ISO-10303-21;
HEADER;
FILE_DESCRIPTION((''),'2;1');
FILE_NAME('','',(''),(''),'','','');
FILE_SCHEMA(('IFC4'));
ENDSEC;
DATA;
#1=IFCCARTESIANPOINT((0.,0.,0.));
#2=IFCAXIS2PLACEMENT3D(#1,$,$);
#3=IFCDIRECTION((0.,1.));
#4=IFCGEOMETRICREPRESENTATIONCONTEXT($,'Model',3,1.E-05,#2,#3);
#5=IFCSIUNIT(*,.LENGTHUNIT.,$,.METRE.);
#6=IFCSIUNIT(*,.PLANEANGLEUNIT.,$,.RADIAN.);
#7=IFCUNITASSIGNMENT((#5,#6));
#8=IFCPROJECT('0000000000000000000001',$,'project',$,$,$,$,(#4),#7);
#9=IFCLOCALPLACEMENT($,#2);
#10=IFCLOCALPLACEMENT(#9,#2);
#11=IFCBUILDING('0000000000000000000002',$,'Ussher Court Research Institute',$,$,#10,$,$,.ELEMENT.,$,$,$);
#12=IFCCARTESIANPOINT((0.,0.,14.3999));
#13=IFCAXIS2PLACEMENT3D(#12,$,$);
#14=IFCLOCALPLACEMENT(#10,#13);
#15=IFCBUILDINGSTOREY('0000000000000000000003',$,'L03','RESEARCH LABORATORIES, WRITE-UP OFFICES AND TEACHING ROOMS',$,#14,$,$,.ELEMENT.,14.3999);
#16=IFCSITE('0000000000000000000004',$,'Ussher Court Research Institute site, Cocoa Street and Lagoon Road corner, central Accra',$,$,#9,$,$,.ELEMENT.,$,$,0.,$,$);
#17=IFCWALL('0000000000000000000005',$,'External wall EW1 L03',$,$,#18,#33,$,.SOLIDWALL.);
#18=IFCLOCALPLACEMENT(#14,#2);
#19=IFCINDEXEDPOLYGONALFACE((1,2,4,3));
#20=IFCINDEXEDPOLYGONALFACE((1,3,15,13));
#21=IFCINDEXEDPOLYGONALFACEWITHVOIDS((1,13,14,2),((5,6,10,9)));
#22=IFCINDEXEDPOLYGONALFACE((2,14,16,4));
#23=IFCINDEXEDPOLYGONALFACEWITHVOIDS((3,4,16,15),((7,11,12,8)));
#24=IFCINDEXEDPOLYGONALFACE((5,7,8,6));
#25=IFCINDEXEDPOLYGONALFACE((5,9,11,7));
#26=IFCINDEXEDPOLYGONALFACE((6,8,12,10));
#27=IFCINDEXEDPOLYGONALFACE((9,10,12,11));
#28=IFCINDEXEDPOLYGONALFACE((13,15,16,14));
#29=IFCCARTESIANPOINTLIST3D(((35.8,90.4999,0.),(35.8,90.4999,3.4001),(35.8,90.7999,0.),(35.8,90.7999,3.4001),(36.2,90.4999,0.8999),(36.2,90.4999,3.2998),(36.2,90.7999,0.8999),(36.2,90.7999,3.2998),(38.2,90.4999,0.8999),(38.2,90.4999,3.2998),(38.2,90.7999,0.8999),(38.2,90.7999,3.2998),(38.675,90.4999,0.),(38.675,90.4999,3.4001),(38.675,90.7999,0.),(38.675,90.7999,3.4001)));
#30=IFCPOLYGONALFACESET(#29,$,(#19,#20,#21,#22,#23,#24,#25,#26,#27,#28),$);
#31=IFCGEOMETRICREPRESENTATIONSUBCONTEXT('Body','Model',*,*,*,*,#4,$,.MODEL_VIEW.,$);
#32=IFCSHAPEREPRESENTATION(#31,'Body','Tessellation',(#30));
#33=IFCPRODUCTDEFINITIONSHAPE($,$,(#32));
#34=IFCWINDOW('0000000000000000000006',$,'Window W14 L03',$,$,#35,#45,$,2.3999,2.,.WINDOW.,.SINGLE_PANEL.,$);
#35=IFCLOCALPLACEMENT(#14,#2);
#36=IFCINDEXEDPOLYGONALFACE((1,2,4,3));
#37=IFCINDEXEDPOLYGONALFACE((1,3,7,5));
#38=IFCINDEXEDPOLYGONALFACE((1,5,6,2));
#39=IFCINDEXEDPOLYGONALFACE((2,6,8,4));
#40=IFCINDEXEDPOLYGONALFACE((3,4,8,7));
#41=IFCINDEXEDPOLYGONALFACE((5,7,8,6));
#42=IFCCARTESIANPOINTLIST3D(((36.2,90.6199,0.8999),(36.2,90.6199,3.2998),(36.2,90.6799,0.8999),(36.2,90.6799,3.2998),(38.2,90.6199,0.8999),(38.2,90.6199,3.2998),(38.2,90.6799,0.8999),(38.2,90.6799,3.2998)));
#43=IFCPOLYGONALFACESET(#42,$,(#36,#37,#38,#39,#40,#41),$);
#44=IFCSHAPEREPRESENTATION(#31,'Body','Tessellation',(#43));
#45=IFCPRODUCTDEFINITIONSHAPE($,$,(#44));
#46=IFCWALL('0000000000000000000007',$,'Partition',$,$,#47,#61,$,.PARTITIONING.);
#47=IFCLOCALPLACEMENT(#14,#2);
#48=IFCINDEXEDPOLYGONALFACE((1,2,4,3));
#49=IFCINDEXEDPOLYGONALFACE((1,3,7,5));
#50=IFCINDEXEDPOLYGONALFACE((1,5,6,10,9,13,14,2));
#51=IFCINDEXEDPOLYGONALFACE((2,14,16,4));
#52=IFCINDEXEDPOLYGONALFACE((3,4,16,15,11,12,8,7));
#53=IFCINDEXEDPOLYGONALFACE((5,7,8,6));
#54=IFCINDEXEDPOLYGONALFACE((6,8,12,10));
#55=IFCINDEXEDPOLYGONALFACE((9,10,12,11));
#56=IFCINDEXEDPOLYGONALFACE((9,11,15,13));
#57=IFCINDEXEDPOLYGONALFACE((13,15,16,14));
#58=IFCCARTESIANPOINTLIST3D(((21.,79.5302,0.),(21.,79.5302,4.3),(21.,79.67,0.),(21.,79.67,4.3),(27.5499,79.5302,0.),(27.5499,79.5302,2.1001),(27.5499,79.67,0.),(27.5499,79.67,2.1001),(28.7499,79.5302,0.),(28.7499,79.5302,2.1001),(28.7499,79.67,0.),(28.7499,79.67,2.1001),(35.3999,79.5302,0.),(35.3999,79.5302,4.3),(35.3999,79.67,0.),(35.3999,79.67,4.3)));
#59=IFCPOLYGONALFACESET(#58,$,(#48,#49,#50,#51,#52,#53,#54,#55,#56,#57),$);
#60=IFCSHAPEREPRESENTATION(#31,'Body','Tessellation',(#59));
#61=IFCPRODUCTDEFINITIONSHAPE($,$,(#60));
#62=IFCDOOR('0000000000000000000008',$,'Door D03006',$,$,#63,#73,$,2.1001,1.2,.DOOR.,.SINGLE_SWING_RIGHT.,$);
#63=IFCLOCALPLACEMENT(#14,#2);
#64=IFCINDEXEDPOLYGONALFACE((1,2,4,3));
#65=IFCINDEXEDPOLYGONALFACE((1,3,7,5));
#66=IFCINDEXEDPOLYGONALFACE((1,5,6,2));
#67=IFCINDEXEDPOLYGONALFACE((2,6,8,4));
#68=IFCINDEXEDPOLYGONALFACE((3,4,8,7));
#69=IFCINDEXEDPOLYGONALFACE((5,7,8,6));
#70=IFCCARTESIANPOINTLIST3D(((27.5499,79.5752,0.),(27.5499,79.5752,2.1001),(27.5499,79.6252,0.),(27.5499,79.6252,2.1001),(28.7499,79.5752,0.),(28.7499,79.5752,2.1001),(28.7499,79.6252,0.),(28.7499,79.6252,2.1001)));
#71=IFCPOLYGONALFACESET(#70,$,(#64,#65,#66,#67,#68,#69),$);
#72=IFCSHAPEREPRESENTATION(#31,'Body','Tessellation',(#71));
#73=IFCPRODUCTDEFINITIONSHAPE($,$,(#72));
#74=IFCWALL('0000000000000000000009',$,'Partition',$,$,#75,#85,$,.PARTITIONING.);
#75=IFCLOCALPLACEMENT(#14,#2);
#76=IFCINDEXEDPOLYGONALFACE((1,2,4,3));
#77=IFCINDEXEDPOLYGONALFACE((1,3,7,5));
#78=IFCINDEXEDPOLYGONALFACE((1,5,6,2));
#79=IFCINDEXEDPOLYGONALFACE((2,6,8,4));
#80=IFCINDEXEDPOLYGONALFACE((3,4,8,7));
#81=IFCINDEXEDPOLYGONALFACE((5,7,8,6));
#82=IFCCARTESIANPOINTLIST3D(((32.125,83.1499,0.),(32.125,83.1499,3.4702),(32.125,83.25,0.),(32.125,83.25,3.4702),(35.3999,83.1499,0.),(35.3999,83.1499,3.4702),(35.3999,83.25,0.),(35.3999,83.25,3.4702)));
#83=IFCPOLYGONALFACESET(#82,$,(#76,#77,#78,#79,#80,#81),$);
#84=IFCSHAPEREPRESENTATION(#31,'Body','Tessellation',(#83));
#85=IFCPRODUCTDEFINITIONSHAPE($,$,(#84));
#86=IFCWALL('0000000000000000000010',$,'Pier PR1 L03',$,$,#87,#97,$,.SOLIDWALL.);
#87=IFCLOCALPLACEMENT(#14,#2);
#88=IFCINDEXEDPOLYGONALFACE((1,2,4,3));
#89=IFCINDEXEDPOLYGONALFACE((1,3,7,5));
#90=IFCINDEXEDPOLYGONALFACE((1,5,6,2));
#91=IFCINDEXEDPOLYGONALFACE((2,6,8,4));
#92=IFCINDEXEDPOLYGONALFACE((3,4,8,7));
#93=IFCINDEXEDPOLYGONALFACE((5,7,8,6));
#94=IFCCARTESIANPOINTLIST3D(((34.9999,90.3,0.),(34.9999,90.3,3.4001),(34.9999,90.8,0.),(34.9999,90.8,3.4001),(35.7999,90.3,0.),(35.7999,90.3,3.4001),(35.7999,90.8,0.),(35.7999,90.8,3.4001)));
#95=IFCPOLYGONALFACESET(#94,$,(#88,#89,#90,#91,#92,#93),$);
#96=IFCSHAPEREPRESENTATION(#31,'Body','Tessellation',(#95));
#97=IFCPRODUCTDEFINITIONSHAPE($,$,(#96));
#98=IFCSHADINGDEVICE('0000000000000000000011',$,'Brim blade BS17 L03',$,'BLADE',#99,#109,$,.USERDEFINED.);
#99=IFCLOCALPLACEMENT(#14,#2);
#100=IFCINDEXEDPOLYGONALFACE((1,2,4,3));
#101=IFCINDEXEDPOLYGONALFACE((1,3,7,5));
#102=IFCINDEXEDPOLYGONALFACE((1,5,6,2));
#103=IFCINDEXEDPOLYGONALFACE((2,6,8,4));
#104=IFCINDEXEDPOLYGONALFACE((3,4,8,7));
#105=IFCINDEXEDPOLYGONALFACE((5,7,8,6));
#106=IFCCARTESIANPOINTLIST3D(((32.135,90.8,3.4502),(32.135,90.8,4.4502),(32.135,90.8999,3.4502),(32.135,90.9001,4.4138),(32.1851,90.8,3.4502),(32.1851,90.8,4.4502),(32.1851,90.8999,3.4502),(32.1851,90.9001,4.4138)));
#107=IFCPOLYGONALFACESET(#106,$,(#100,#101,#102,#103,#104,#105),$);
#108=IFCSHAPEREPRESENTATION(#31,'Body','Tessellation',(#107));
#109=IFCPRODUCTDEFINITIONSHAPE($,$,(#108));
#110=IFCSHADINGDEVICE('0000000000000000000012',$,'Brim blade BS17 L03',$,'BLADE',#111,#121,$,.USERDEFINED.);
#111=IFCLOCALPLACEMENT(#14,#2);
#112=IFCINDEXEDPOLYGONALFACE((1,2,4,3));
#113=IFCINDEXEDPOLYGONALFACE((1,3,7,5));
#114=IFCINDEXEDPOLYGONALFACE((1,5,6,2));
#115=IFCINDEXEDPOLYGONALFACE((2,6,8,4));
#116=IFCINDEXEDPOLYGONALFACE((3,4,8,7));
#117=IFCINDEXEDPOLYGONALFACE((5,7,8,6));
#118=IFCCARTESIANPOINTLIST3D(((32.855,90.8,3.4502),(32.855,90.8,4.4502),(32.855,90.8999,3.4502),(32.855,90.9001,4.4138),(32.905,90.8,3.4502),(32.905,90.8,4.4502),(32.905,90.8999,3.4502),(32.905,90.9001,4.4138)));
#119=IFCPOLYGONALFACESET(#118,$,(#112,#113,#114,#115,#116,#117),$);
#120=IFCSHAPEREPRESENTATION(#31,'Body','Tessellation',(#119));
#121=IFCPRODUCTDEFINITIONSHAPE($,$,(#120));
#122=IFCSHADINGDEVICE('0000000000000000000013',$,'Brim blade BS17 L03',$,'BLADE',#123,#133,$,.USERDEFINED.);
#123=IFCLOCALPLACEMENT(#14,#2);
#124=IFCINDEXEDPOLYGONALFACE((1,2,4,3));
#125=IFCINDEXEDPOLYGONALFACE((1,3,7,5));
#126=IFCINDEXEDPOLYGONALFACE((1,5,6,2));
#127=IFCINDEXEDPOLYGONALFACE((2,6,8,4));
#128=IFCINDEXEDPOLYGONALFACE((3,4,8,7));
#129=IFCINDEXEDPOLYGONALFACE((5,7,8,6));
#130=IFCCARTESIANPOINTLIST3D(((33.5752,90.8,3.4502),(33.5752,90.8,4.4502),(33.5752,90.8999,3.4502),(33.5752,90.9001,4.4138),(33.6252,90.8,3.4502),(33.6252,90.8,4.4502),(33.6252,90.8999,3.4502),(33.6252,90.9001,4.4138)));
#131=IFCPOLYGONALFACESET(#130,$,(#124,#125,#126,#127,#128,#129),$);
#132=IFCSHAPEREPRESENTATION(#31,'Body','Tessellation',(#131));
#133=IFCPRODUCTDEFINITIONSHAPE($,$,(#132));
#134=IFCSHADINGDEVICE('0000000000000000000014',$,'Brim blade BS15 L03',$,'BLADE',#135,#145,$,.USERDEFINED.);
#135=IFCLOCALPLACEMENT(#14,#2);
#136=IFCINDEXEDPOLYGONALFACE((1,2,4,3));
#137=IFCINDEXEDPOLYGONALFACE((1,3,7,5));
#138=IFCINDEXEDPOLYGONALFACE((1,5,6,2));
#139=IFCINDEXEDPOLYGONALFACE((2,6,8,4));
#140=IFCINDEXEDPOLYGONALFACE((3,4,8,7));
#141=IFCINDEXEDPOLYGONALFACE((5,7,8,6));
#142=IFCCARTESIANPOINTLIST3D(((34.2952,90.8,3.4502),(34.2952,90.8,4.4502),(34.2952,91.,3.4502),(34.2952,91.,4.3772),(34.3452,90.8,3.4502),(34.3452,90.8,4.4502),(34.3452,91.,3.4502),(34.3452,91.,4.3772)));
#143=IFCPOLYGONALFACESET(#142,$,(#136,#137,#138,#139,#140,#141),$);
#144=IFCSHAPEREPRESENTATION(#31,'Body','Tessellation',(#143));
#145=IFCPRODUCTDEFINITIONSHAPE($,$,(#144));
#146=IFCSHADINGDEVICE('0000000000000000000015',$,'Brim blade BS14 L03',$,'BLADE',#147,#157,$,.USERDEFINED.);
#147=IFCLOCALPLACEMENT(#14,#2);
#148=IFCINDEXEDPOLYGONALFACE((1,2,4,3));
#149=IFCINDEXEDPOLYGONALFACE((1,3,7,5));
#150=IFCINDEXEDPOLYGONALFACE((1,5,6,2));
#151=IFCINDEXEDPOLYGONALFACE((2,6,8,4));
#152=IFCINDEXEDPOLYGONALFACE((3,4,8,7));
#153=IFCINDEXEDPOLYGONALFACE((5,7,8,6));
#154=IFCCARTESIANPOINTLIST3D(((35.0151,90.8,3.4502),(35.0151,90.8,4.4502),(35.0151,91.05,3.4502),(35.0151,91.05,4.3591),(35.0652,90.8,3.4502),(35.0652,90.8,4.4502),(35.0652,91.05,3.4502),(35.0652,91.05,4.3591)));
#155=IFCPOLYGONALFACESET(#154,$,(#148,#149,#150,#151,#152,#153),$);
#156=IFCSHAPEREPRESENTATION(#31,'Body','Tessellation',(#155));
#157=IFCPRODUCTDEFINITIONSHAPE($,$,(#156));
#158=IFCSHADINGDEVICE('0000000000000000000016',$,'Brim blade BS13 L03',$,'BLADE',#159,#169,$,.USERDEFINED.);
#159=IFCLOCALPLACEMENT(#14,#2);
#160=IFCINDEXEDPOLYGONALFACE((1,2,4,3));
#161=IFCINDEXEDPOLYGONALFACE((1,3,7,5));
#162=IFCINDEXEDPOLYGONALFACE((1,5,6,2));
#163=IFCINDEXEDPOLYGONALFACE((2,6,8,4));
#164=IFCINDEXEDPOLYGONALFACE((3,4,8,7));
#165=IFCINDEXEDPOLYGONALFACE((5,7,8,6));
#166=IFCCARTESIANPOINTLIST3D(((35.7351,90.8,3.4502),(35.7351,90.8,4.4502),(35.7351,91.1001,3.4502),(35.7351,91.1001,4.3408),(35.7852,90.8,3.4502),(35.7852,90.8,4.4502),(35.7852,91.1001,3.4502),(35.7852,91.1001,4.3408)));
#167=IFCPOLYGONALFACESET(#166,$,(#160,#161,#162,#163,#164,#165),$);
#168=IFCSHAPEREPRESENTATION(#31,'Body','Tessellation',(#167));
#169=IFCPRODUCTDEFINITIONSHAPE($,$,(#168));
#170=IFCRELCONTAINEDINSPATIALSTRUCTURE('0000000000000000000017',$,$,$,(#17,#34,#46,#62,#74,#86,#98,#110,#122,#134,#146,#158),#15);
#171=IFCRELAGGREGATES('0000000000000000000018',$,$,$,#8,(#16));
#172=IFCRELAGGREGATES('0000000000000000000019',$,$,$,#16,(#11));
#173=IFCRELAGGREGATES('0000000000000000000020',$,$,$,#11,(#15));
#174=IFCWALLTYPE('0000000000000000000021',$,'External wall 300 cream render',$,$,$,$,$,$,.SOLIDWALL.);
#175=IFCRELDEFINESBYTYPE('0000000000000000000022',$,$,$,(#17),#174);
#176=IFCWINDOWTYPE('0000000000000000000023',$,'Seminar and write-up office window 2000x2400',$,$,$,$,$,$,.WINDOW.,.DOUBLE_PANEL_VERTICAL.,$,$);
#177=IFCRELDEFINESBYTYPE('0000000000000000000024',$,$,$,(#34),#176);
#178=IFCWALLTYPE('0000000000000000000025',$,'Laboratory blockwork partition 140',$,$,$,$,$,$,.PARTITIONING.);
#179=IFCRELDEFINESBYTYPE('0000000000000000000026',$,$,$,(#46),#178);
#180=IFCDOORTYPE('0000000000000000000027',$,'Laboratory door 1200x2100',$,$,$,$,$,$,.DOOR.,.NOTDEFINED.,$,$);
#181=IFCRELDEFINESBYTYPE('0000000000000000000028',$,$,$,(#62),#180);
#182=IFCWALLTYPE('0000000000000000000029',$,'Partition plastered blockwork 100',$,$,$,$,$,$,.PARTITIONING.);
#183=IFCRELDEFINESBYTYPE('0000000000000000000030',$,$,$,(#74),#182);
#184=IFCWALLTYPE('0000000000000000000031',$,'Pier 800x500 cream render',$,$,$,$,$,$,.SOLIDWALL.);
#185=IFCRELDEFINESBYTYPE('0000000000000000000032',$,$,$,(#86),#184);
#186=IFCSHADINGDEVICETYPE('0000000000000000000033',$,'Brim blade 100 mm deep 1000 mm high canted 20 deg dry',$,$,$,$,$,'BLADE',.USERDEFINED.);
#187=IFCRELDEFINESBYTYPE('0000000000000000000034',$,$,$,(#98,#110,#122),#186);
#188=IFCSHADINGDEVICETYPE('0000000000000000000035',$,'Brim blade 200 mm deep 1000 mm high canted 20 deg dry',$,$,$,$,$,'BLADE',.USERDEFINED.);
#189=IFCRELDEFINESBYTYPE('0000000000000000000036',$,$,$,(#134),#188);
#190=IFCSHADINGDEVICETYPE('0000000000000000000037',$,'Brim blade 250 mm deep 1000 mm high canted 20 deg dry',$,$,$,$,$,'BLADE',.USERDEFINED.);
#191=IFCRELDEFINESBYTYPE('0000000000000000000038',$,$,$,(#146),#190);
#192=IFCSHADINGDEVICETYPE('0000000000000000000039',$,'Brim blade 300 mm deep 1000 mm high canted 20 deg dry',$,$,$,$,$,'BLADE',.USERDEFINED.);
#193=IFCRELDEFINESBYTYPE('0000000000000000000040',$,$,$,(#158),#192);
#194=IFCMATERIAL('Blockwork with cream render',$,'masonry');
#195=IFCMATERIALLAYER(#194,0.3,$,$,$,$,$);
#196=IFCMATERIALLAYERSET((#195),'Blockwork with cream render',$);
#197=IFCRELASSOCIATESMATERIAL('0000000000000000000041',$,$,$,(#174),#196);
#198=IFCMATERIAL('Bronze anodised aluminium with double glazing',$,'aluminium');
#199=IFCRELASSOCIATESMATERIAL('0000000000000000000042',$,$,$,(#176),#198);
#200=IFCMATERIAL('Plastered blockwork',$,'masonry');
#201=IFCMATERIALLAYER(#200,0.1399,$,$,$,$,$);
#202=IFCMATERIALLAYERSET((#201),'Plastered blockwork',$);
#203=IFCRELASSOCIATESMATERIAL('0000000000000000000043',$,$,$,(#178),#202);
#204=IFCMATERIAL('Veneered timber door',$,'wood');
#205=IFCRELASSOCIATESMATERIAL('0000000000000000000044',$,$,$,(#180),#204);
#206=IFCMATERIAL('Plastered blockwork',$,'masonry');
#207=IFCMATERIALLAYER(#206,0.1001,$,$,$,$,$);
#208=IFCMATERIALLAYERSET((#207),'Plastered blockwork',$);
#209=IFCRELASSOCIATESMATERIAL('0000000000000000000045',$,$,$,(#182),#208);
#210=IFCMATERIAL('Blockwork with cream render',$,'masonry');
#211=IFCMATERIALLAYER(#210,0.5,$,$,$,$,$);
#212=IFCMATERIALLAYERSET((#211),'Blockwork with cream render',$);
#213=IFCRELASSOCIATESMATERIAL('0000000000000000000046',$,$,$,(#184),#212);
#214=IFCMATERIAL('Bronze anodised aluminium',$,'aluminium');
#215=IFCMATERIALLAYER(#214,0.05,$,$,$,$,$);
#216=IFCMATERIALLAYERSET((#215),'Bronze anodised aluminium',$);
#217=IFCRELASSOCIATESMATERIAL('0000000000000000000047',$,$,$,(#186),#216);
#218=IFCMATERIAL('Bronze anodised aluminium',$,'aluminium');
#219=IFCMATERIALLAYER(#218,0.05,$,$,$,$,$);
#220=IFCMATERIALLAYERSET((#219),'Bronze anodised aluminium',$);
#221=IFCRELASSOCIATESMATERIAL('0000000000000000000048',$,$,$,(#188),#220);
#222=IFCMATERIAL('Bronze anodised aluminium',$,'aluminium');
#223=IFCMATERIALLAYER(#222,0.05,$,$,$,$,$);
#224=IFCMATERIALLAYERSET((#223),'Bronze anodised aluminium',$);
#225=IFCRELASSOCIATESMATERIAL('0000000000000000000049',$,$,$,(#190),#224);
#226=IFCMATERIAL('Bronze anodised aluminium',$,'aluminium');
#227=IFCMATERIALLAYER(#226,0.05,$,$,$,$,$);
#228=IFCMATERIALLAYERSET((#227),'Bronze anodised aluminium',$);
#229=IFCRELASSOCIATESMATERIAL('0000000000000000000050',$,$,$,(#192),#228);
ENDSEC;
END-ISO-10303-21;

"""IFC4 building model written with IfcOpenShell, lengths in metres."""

from ifc_helpers import new_model, si_unit, direction, frame, frame_2d, origin, place, context, subcontext, project, spatial, polyline, rectangle, outline, extrude, material, layer, layer_set, type_object, element, fill, save


model = new_model("IFC4")

# Units and contexts
model_context = context("Model", 3, precision=1e-05, world=origin(), true_north=direction((0.0, 1.0)))
body_context = subcontext(model_context, "Body", "Model", "MODEL_VIEW")
ifc_project = project(units=[si_unit("LENGTHUNIT", "METRE"), si_unit("PLANEANGLEUNIT", "RADIAN")], contexts=[model_context])

# Site, building, storey
site_placement = place(None, origin())
site = spatial("IfcSite", under=ifc_project, at=site_placement, Name="Ussher Court Research Institute site, Cocoa Street and Lagoon Road corner, central Accra", CompositionType="ELEMENT", RefElevation=0.0)
building_placement = place(site_placement, origin())
building = spatial("IfcBuilding", under=site, at=building_placement, Name="Ussher Court Research Institute", CompositionType="ELEMENT")
storey_placement = place(building_placement, frame((0.0, 0.0, 14.3999)))
storey = spatial("IfcBuildingStorey", under=building, at=storey_placement, Name="L03", Description="RESEARCH LABORATORIES, WRITE-UP OFFICES AND TEACHING ROOMS", CompositionType="ELEMENT", Elevation=14.3999)

# Wall, opening, window
ifc_material_1 = material(Name="Blockwork with cream render", Category="masonry")
ifc_layer_1 = layer(ifc_material_1, 0.3)
ifc_layer_set_1 = layer_set([ifc_layer_1], Name="Blockwork with cream render")
wall_type_1 = type_object("IfcWallType", Name="External wall 300 cream render", PredefinedType="SOLIDWALL", material=ifc_layer_set_1)
ifc_material_2 = material(Name="Bronze anodised aluminium with double glazing", Category="aluminium")
window_type = type_object("IfcWindowType", Name="Seminar and write-up office window 2000x2400", PartitioningType="DOUBLE_PANEL_VERTICAL", PredefinedType="WINDOW", material=ifc_material_2)
wall_1_placement = place(storey_placement, frame((35.8, 90.6499, 0.0), z_axis=(0.0, 0.0, 1.0), x_axis=(1.0, 0.0, 0.0)))
wall_1 = element("IfcWall", 1, at=wall_1_placement, inside=storey, type_object=wall_type_1, Name="External wall EW1 L03", PredefinedType="SOLIDWALL", context=body_context, shape_type="SweptSolid", body=[
    extrude(rectangle(XDim=2.875, YDim=0.3, at=frame_2d((1.4375, 0.0))), origin(), (0.0, 0.0, 1.0), 3.4001),
])
opening_1_placement = place(wall_1_placement, frame((0.3999, 0.0, 0.8999)))
opening_1 = element("IfcOpeningElement", 2, at=opening_1_placement, cuts=wall_1, PredefinedType="OPENING", context=body_context, shape_type="SweptSolid", body=[
    extrude(rectangle(XDim=2.0, YDim=2.3999, at=frame_2d((1.0, 1.2))), frame((0.0, 0.1602, 0.0), z_axis=(0.0, -1.0, 0.0), x_axis=(1.0, 0.0, 0.0)), (0.0, 0.0, 1.0), 0.3201),
])
window_1_placement = place(opening_1_placement, origin())
window_1 = element("IfcWindow", 3, at=window_1_placement, inside=storey, type_object=window_type, Name="Window W14 L03", OverallHeight=2.3999, OverallWidth=2.0, PartitioningType="SINGLE_PANEL", PredefinedType="WINDOW", context=body_context, shape_type="SweptSolid", body=[
    extrude(rectangle(XDim=2.0, YDim=2.3999, at=frame_2d((1.0, 1.2))), frame((0.0, 0.03, 0.0), z_axis=(0.0, -1.0, 0.0), x_axis=(1.0, 0.0, 0.0)), (0.0, 0.0, 1.0), 0.0601),
])
fill(opening_1, window_1)

# Wall, opening, door
ifc_material_3 = material(Name="Plastered blockwork", Category="masonry")
ifc_layer_2 = layer(ifc_material_3, 0.1399)
ifc_layer_set_2 = layer_set([ifc_layer_2], Name="Plastered blockwork")
wall_type_2 = type_object("IfcWallType", Name="Laboratory blockwork partition 140", PredefinedType="PARTITIONING", material=ifc_layer_set_2)
wall_2_placement = place(storey_placement, frame((35.3999, 79.6001, 0.0), z_axis=(0.0, 0.0, 1.0), x_axis=(-1.0, 0.0, 0.0)))
wall_2 = element("IfcWall", 4, at=wall_2_placement, inside=storey, type_object=wall_type_2, Name="Partition", PredefinedType="PARTITIONING", context=body_context, shape_type="SweptSolid", body=[
    extrude(rectangle(XDim=14.3999, YDim=0.1399, at=frame_2d((7.2, 0.0))), origin(), (0.0, 0.0, 1.0), 4.3),
])
opening_2_placement = place(wall_2_placement, frame((6.6499, 0.0, 0.0)))
opening_2 = element("IfcOpeningElement", 5, at=opening_2_placement, cuts=wall_2, PredefinedType="OPENING", context=body_context, shape_type="SweptSolid", body=[
    extrude(rectangle(XDim=1.2, YDim=2.1001, at=frame_2d((0.6001, 1.05))), frame((0.0, 0.0801, 0.0), z_axis=(0.0, -1.0, 0.0), x_axis=(1.0, 0.0, 0.0)), (0.0, 0.0, 1.0), 0.1599),
])
ifc_material_4 = material(Name="Veneered timber door", Category="wood")
door_type = type_object("IfcDoorType", Name="Laboratory door 1200x2100", OperationType="NOTDEFINED", PredefinedType="DOOR", material=ifc_material_4)
door_placement = place(opening_2_placement, origin())
door = element("IfcDoor", 6, at=door_placement, inside=storey, type_object=door_type, Name="Door D03006", OperationType="SINGLE_SWING_RIGHT", OverallHeight=2.1001, OverallWidth=1.2, PredefinedType="DOOR", context=body_context, shape_type="SweptSolid", body=[
    extrude(rectangle(XDim=1.2, YDim=2.1001, at=frame_2d((0.6001, 1.05))), frame((0.0, 0.0249, 0.0), z_axis=(0.0, -1.0, 0.0), x_axis=(1.0, 0.0, 0.0)), (0.0, 0.0, 1.0), 0.05),
])
fill(opening_2, door)

# Walls
ifc_material_5 = material(Name="Plastered blockwork", Category="masonry")
ifc_layer_3 = layer(ifc_material_5, 0.1001)
ifc_layer_set_3 = layer_set([ifc_layer_3], Name="Plastered blockwork")
wall_type_3 = type_object("IfcWallType", Name="Partition plastered blockwork 100", PredefinedType="PARTITIONING", material=ifc_layer_set_3)
wall_3_placement = place(storey_placement, frame((32.125, 83.2, 0.0), z_axis=(0.0, 0.0, 1.0), x_axis=(1.0, 0.0, 0.0)))
element("IfcWall", 7, at=wall_3_placement, inside=storey, type_object=wall_type_3, Name="Partition", PredefinedType="PARTITIONING", context=body_context, shape_type="SweptSolid", body=[
    extrude(rectangle(XDim=3.2749, YDim=0.1001, at=frame_2d((1.6375, 0.0))), origin(), (0.0, 0.0, 1.0), 3.4702),
])
ifc_material_6 = material(Name="Blockwork with cream render", Category="masonry")
ifc_layer_4 = layer(ifc_material_6, 0.5)
ifc_layer_set_4 = layer_set([ifc_layer_4], Name="Blockwork with cream render")
wall_type_4 = type_object("IfcWallType", Name="Pier 800x500 cream render", PredefinedType="SOLIDWALL", material=ifc_layer_set_4)
wall_4_placement = place(storey_placement, frame((35.0, 90.55, 0.0), z_axis=(0.0, 0.0, 1.0), x_axis=(1.0, 0.0, 0.0)))
element("IfcWall", 8, at=wall_4_placement, inside=storey, type_object=wall_type_4, Name="Pier PR1 L03", PredefinedType="SOLIDWALL", context=body_context, shape_type="SweptSolid", body=[
    extrude(rectangle(XDim=0.8, YDim=0.5, at=frame_2d((0.3999, 0.0))), origin(), (0.0, 0.0, 1.0), 3.4001),
])

# Shading devices
ifc_material_7 = material(Name="Bronze anodised aluminium", Category="aluminium")
ifc_layer_5 = layer(ifc_material_7, 0.05)
ifc_layer_set_5 = layer_set([ifc_layer_5], Name="Bronze anodised aluminium")
shading_device_type_1 = type_object("IfcShadingDeviceType", Name="Brim blade 100 mm deep 1000 mm high canted 20 deg dry", ElementType="BLADE", PredefinedType="USERDEFINED", material=ifc_layer_set_5)
for number, where, z_axis, x_axis, name in (
    (9, (32.1599, 90.8, 3.4502), (0.0, 0.0, 1.0), (0.0, 1.0, 0.0), "Brim blade BS17 L03"),
    (10, (32.8799, 90.8, 3.4502), (0.0, 0.0, 1.0), (0.0, 1.0, 0.0), "Brim blade BS17 L03"),
    (11, (33.6001, 90.8, 3.4502), (0.0, 0.0, 1.0), (0.0, 1.0, 0.0), "Brim blade BS17 L03"),
):
    element("IfcShadingDevice", number, at=place(storey_placement, frame(where, z_axis=z_axis, x_axis=x_axis)), inside=storey, type_object=shading_device_type_1, Name=name, ObjectType="BLADE", PredefinedType="USERDEFINED", context=body_context, shape_type="SweptSolid", body=[
        extrude(outline(polyline([(0.0, 0.0), (0.0999, 0.0), (0.1001, 0.9636), (0.0, 1.0), (0.0, 0.0)])), frame((0.0, 0.0249, 0.0), z_axis=(0.0, -1.0, 0.0), x_axis=(1.0, 0.0, 0.0)), (0.0, 0.0, 1.0), 0.05),
    ])
ifc_material_8 = material(Name="Bronze anodised aluminium", Category="aluminium")
ifc_layer_6 = layer(ifc_material_8, 0.05)
ifc_layer_set_6 = layer_set([ifc_layer_6], Name="Bronze anodised aluminium")
shading_device_type_2 = type_object("IfcShadingDeviceType", Name="Brim blade 200 mm deep 1000 mm high canted 20 deg dry", ElementType="BLADE", PredefinedType="USERDEFINED", material=ifc_layer_set_6)
shading_device_1_placement = place(storey_placement, frame((34.3201, 90.8, 3.4502), z_axis=(0.0, 0.0, 1.0), x_axis=(0.0, 1.0, 0.0)))
element("IfcShadingDevice", 12, at=shading_device_1_placement, inside=storey, type_object=shading_device_type_2, Name="Brim blade BS15 L03", ObjectType="BLADE", PredefinedType="USERDEFINED", context=body_context, shape_type="SweptSolid", body=[
    extrude(outline(polyline([(0.0, 0.0), (0.2, 0.0), (0.2, 0.927), (0.0, 1.0), (0.0, 0.0)])), frame((0.0, 0.0249, 0.0), z_axis=(0.0, -1.0, 0.0), x_axis=(1.0, 0.0, 0.0)), (0.0, 0.0, 1.0), 0.05),
])
ifc_material_9 = material(Name="Bronze anodised aluminium", Category="aluminium")
ifc_layer_7 = layer(ifc_material_9, 0.05)
ifc_layer_set_7 = layer_set([ifc_layer_7], Name="Bronze anodised aluminium")
shading_device_type_3 = type_object("IfcShadingDeviceType", Name="Brim blade 250 mm deep 1000 mm high canted 20 deg dry", ElementType="BLADE", PredefinedType="USERDEFINED", material=ifc_layer_set_7)
shading_device_2_placement = place(storey_placement, frame((35.04, 90.8, 3.4502), z_axis=(0.0, 0.0, 1.0), x_axis=(0.0, 1.0, 0.0)))
element("IfcShadingDevice", 13, at=shading_device_2_placement, inside=storey, type_object=shading_device_type_3, Name="Brim blade BS14 L03", ObjectType="BLADE", PredefinedType="USERDEFINED", context=body_context, shape_type="SweptSolid", body=[
    extrude(outline(polyline([(0.0, 0.0), (0.25, 0.0), (0.25, 0.9089), (0.0, 1.0), (0.0, 0.0)])), frame((0.0, 0.0249, 0.0), z_axis=(0.0, -1.0, 0.0), x_axis=(1.0, 0.0, 0.0)), (0.0, 0.0, 1.0), 0.05),
])
ifc_material_10 = material(Name="Bronze anodised aluminium", Category="aluminium")
ifc_layer_8 = layer(ifc_material_10, 0.05)
ifc_layer_set_8 = layer_set([ifc_layer_8], Name="Bronze anodised aluminium")
shading_device_type_4 = type_object("IfcShadingDeviceType", Name="Brim blade 300 mm deep 1000 mm high canted 20 deg dry", ElementType="BLADE", PredefinedType="USERDEFINED", material=ifc_layer_set_8)
shading_device_3_placement = place(storey_placement, frame((35.76, 90.8, 3.4502), z_axis=(0.0, 0.0, 1.0), x_axis=(0.0, 1.0, 0.0)))
element("IfcShadingDevice", 14, at=shading_device_3_placement, inside=storey, type_object=shading_device_type_4, Name="Brim blade BS13 L03", ObjectType="BLADE", PredefinedType="USERDEFINED", context=body_context, shape_type="SweptSolid", body=[
    extrude(outline(polyline([(0.0, 0.0), (0.3, 0.0), (0.3, 0.8906), (0.0, 1.0), (0.0, 0.0)])), frame((0.0, 0.0249, 0.0), z_axis=(0.0, -1.0, 0.0), x_axis=(1.0, 0.0, 0.0)), (0.0, 0.0, 1.0), 0.05),
])

save(model, "model.ifc")
